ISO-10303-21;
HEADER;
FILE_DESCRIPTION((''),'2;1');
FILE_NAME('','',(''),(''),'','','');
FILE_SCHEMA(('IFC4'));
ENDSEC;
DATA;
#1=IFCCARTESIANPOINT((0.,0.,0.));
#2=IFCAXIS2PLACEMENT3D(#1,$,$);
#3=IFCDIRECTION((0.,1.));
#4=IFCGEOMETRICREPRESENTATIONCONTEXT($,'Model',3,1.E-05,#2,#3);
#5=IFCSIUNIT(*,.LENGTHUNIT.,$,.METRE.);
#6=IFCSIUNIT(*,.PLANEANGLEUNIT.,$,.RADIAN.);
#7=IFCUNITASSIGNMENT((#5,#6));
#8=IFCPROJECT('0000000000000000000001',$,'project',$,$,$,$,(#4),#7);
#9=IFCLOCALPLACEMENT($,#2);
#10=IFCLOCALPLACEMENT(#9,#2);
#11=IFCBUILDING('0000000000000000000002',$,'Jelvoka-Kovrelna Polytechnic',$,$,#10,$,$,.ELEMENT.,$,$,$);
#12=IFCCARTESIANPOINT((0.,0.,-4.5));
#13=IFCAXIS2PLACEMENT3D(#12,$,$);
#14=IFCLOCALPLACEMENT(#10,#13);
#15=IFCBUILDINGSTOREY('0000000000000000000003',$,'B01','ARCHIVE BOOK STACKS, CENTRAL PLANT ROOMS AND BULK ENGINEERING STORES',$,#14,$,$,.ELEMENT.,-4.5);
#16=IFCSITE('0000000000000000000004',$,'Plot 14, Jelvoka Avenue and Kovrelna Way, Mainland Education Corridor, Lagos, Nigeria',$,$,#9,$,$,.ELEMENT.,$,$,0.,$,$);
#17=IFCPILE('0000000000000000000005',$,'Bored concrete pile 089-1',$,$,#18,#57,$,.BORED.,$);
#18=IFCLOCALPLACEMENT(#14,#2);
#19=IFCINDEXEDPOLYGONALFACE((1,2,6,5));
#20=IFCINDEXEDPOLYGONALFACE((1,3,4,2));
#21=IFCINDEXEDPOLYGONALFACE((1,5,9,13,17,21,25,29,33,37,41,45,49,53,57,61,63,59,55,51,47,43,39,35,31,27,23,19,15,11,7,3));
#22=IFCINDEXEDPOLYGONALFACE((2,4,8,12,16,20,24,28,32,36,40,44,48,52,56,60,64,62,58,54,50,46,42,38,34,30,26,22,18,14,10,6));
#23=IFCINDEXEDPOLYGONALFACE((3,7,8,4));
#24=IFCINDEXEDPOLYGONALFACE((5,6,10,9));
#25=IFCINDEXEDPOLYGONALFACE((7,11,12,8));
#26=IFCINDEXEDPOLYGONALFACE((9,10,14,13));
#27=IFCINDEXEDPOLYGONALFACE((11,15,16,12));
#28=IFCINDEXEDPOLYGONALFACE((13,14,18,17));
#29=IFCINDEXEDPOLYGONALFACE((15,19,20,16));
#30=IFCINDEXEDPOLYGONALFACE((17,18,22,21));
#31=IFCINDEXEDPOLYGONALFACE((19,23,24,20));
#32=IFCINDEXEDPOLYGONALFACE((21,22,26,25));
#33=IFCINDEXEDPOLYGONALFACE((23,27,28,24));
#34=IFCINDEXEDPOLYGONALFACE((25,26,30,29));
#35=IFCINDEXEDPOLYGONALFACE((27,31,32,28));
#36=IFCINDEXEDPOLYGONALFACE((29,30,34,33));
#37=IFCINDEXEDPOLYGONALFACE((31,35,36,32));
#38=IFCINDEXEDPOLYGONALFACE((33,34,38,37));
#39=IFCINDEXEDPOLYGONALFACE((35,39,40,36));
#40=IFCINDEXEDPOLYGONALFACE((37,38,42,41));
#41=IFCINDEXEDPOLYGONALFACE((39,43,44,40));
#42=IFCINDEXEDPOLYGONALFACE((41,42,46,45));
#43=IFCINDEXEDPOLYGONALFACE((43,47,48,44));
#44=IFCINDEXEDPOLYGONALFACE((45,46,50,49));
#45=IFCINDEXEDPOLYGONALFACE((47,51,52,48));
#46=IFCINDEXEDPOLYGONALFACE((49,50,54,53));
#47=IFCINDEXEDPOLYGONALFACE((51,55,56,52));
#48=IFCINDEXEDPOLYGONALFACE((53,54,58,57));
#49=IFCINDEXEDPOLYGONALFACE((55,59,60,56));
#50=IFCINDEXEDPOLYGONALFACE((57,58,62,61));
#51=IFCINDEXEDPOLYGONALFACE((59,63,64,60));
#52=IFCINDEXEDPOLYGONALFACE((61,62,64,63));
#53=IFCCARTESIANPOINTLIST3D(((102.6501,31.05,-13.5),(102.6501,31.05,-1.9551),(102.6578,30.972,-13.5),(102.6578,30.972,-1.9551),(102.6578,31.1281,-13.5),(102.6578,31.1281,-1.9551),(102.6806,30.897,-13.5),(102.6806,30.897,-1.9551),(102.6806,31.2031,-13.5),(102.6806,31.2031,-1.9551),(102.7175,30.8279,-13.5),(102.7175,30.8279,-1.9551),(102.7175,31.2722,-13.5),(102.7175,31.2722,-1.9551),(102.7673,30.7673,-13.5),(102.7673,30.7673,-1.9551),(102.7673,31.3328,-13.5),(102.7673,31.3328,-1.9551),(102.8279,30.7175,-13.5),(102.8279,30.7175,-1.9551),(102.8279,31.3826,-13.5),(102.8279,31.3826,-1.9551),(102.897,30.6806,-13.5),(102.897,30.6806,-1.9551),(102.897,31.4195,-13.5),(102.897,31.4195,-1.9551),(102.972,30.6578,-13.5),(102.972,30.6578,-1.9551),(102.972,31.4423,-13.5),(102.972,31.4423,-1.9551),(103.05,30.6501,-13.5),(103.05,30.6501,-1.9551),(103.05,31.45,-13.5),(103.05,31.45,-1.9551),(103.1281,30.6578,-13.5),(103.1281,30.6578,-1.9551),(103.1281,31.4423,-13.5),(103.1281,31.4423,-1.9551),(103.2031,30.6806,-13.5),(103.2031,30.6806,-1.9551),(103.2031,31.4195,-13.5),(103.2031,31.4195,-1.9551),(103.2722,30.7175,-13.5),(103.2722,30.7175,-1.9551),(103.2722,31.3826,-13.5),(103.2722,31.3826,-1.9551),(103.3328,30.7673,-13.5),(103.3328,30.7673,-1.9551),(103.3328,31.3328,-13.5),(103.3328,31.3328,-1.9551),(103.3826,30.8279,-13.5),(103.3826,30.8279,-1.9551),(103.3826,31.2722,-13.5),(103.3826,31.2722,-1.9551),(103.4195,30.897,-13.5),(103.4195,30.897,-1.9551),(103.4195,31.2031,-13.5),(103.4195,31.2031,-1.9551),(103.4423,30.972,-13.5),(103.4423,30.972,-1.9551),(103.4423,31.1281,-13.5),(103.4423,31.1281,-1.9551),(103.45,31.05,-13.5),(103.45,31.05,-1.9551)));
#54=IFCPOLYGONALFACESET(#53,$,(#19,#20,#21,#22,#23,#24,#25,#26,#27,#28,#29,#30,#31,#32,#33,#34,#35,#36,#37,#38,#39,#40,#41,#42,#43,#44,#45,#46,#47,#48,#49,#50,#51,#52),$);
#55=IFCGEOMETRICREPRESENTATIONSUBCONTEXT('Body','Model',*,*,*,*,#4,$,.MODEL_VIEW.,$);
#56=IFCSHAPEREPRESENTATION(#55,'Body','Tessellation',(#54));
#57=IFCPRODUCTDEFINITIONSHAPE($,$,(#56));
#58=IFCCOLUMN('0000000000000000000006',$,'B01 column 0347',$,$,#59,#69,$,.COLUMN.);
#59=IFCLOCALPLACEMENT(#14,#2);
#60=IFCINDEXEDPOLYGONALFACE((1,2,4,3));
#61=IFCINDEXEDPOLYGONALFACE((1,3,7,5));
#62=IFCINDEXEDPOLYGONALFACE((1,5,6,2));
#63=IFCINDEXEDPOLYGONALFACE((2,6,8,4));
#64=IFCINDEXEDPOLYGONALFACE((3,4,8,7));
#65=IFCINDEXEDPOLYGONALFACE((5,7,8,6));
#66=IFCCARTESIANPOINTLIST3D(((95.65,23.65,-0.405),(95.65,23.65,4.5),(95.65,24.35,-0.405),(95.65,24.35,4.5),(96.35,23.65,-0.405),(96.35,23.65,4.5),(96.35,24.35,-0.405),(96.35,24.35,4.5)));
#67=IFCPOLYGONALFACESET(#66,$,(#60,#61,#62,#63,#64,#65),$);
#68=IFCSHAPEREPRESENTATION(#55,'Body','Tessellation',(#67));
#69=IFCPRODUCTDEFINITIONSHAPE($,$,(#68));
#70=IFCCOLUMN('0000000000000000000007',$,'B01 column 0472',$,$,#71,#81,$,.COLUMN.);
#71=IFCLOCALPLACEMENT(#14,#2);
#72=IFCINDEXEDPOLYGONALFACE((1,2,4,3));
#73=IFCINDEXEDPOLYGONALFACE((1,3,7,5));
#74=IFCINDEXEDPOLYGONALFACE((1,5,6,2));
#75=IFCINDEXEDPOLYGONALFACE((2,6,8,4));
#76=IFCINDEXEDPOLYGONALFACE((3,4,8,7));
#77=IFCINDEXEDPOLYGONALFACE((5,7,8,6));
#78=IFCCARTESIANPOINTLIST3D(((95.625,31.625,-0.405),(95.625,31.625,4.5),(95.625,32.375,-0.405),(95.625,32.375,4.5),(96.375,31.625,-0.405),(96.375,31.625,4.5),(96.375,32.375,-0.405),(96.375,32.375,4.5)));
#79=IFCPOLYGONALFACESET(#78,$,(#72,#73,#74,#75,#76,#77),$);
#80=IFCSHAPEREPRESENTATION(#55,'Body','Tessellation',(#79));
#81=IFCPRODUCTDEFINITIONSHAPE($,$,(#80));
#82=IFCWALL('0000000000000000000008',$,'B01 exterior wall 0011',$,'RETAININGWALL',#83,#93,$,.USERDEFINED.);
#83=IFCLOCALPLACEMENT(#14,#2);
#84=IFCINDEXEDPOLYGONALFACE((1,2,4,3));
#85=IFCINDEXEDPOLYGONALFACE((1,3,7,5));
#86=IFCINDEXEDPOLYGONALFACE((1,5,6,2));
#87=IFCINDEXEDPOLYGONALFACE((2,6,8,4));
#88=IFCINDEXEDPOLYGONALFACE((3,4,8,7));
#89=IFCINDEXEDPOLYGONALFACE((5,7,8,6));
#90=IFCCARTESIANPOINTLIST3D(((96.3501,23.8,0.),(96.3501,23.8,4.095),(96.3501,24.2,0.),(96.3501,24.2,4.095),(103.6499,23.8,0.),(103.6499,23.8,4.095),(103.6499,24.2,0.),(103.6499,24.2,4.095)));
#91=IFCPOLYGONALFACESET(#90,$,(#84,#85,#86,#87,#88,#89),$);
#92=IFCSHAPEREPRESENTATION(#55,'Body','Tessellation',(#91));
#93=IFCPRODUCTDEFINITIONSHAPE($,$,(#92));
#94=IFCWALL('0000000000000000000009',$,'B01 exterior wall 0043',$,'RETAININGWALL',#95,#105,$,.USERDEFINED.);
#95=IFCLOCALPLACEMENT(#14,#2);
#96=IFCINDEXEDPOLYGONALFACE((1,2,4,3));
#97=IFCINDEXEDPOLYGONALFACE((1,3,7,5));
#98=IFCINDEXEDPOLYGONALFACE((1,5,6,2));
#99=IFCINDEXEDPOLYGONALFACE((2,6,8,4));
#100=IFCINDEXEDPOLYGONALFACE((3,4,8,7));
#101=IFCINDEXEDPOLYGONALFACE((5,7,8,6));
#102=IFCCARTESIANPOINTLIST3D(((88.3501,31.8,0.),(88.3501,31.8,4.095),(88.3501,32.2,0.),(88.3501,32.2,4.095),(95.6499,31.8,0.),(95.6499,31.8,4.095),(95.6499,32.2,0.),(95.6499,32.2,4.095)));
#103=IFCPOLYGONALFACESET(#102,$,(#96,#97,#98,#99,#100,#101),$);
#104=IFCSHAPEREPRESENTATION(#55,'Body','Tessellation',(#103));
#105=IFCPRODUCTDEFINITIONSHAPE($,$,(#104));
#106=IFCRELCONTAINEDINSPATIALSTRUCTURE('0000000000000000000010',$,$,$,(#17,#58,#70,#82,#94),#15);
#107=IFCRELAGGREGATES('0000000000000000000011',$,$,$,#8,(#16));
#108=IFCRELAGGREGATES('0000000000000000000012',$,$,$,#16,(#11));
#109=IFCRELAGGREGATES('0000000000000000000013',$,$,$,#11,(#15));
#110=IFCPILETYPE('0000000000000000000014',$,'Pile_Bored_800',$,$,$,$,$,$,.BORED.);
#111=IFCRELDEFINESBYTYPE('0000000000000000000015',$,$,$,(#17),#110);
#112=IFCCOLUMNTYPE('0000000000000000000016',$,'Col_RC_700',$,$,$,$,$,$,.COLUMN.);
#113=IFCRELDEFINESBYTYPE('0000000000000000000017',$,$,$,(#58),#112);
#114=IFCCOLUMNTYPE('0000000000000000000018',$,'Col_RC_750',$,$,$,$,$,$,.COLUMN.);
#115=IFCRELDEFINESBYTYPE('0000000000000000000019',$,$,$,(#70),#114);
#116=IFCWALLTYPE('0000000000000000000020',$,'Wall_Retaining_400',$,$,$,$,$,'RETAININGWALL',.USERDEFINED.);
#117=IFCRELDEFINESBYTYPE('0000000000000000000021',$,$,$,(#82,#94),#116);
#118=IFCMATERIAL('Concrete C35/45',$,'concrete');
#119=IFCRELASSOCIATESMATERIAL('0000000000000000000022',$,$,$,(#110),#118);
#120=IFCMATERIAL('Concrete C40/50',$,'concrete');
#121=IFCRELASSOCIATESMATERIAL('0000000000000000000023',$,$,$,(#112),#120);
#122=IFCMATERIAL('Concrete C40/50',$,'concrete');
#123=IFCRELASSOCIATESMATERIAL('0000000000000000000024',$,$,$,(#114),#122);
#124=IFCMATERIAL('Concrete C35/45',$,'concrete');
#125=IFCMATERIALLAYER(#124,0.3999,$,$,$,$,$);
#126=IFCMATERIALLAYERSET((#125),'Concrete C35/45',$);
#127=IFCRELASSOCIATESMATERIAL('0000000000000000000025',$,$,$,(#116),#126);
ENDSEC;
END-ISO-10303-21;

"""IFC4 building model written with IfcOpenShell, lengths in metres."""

from ifc_helpers import new_model, si_unit, direction, frame, frame_2d, origin, origin_2d, place, context, subcontext, project, spatial, rectangle, circle, extrude, material, layer, layer_set, material_profile, profile_set, type_object, element, save


model = new_model("IFC4")

# Units and contexts
model_context = context("Model", 3, precision=1e-05, world=origin(), true_north=direction((0.0, 1.0)))
body_context = subcontext(model_context, "Body", "Model", "MODEL_VIEW")
ifc_project = project(units=[si_unit("LENGTHUNIT", "METRE"), si_unit("PLANEANGLEUNIT", "RADIAN")], contexts=[model_context])

# Site, building, storey
site_placement = place(None, origin())
site = spatial("IfcSite", under=ifc_project, at=site_placement, Name="Plot 14, Jelvoka Avenue and Kovrelna Way, Mainland Education Corridor, Lagos, Nigeria", CompositionType="ELEMENT", RefElevation=0.0)
building_placement = place(site_placement, origin())
building = spatial("IfcBuilding", under=site, at=building_placement, Name="Jelvoka-Kovrelna Polytechnic", CompositionType="ELEMENT")
storey_placement = place(building_placement, frame((0.0, 0.0, -4.5)))
storey = spatial("IfcBuildingStorey", under=building, at=storey_placement, Name="B01", Description="ARCHIVE BOOK STACKS, CENTRAL PLANT ROOMS AND BULK ENGINEERING STORES", CompositionType="ELEMENT", Elevation=-4.5)

# Pile
ifc_material_1 = material(Name="Concrete C35/45", Category="concrete")
ifc_material_profile_1 = material_profile(ifc_material_1, circle(Radius=0.3999, at=origin_2d()), Name="PILE D800")
ifc_profile_set_1 = profile_set([ifc_material_profile_1], Name="Concrete C35/45")
pile_type = type_object("IfcPileType", Name="Pile_Bored_800", PredefinedType="BORED", material=ifc_profile_set_1)
pile_1_placement = place(storey_placement, frame((103.05, 31.05, -1.9551), z_axis=(0.0, 0.0, -1.0), x_axis=(1.0, 0.0, 0.0)))
element("IfcPile", 1, at=pile_1_placement, inside=storey, type_object=pile_type, Name="Bored concrete pile 089-1", PredefinedType="BORED", context=body_context, shape_type="SweptSolid", body=[
    extrude(circle(Radius=0.3999, at=origin_2d()), origin(), (0.0, 0.0, 1.0), 11.5449),
])

# Columns
ifc_material_2 = material(Name="Concrete C40/50", Category="concrete")
ifc_material_profile_2 = material_profile(ifc_material_2, rectangle(XDim=0.7, YDim=0.7, at=origin_2d()), Name="RC 700x700")
ifc_profile_set_2 = profile_set([ifc_material_profile_2], Name="Concrete C40/50")
column_type_1 = type_object("IfcColumnType", Name="Col_RC_700", PredefinedType="COLUMN", material=ifc_profile_set_2)
column_1_placement = place(storey_placement, frame((96.0, 24.0, -0.405), z_axis=(0.0, 0.0, 1.0), x_axis=(1.0, 0.0, 0.0)))
element("IfcColumn", 2, at=column_1_placement, inside=storey, type_object=column_type_1, Name="B01 column 0347", PredefinedType="COLUMN", context=body_context, shape_type="SweptSolid", body=[
    extrude(rectangle(XDim=0.7, YDim=0.7, at=origin_2d()), origin(), (0.0, 0.0, 1.0), 4.905),
])
ifc_material_3 = material(Name="Concrete C40/50", Category="concrete")
ifc_material_profile_3 = material_profile(ifc_material_3, rectangle(XDim=0.75, YDim=0.75, at=origin_2d()), Name="RC 750x750")
ifc_profile_set_3 = profile_set([ifc_material_profile_3], Name="Concrete C40/50")
column_type_2 = type_object("IfcColumnType", Name="Col_RC_750", PredefinedType="COLUMN", material=ifc_profile_set_3)
column_2_placement = place(storey_placement, frame((96.0, 32.0, -0.405), z_axis=(0.0, 0.0, 1.0), x_axis=(1.0, 0.0, 0.0)))
element("IfcColumn", 3, at=column_2_placement, inside=storey, type_object=column_type_2, Name="B01 column 0472", PredefinedType="COLUMN", context=body_context, shape_type="SweptSolid", body=[
    extrude(rectangle(XDim=0.75, YDim=0.75, at=origin_2d()), origin(), (0.0, 0.0, 1.0), 4.905),
])

# Walls
ifc_material_4 = material(Name="Concrete C35/45", Category="concrete")
ifc_layer = layer(ifc_material_4, 0.3999)
ifc_layer_set = layer_set([ifc_layer], Name="Concrete C35/45")
wall_type = type_object("IfcWallType", Name="Wall_Retaining_400", ElementType="RETAININGWALL", PredefinedType="USERDEFINED", material=ifc_layer_set)
for number, where, z_axis, x_axis, name in (
    (4, (96.3501, 24.0, 0.0), (0.0, 0.0, 1.0), (1.0, 0.0, 0.0), "B01 exterior wall 0011"),
    (5, (95.6499, 32.0, 0.0), (0.0, 0.0, 1.0), (-1.0, 0.0, 0.0), "B01 exterior wall 0043"),
):
    element("IfcWall", number, at=place(storey_placement, frame(where, z_axis=z_axis, x_axis=x_axis)), inside=storey, type_object=wall_type, Name=name, ObjectType="RETAININGWALL", PredefinedType="USERDEFINED", context=body_context, shape_type="SweptSolid", body=[
        extrude(rectangle(XDim=7.2998, YDim=0.3999, at=frame_2d((3.6499, 0.0))), origin(), (0.0, 0.0, 1.0), 4.095),
    ])

save(model, "model.ifc")
